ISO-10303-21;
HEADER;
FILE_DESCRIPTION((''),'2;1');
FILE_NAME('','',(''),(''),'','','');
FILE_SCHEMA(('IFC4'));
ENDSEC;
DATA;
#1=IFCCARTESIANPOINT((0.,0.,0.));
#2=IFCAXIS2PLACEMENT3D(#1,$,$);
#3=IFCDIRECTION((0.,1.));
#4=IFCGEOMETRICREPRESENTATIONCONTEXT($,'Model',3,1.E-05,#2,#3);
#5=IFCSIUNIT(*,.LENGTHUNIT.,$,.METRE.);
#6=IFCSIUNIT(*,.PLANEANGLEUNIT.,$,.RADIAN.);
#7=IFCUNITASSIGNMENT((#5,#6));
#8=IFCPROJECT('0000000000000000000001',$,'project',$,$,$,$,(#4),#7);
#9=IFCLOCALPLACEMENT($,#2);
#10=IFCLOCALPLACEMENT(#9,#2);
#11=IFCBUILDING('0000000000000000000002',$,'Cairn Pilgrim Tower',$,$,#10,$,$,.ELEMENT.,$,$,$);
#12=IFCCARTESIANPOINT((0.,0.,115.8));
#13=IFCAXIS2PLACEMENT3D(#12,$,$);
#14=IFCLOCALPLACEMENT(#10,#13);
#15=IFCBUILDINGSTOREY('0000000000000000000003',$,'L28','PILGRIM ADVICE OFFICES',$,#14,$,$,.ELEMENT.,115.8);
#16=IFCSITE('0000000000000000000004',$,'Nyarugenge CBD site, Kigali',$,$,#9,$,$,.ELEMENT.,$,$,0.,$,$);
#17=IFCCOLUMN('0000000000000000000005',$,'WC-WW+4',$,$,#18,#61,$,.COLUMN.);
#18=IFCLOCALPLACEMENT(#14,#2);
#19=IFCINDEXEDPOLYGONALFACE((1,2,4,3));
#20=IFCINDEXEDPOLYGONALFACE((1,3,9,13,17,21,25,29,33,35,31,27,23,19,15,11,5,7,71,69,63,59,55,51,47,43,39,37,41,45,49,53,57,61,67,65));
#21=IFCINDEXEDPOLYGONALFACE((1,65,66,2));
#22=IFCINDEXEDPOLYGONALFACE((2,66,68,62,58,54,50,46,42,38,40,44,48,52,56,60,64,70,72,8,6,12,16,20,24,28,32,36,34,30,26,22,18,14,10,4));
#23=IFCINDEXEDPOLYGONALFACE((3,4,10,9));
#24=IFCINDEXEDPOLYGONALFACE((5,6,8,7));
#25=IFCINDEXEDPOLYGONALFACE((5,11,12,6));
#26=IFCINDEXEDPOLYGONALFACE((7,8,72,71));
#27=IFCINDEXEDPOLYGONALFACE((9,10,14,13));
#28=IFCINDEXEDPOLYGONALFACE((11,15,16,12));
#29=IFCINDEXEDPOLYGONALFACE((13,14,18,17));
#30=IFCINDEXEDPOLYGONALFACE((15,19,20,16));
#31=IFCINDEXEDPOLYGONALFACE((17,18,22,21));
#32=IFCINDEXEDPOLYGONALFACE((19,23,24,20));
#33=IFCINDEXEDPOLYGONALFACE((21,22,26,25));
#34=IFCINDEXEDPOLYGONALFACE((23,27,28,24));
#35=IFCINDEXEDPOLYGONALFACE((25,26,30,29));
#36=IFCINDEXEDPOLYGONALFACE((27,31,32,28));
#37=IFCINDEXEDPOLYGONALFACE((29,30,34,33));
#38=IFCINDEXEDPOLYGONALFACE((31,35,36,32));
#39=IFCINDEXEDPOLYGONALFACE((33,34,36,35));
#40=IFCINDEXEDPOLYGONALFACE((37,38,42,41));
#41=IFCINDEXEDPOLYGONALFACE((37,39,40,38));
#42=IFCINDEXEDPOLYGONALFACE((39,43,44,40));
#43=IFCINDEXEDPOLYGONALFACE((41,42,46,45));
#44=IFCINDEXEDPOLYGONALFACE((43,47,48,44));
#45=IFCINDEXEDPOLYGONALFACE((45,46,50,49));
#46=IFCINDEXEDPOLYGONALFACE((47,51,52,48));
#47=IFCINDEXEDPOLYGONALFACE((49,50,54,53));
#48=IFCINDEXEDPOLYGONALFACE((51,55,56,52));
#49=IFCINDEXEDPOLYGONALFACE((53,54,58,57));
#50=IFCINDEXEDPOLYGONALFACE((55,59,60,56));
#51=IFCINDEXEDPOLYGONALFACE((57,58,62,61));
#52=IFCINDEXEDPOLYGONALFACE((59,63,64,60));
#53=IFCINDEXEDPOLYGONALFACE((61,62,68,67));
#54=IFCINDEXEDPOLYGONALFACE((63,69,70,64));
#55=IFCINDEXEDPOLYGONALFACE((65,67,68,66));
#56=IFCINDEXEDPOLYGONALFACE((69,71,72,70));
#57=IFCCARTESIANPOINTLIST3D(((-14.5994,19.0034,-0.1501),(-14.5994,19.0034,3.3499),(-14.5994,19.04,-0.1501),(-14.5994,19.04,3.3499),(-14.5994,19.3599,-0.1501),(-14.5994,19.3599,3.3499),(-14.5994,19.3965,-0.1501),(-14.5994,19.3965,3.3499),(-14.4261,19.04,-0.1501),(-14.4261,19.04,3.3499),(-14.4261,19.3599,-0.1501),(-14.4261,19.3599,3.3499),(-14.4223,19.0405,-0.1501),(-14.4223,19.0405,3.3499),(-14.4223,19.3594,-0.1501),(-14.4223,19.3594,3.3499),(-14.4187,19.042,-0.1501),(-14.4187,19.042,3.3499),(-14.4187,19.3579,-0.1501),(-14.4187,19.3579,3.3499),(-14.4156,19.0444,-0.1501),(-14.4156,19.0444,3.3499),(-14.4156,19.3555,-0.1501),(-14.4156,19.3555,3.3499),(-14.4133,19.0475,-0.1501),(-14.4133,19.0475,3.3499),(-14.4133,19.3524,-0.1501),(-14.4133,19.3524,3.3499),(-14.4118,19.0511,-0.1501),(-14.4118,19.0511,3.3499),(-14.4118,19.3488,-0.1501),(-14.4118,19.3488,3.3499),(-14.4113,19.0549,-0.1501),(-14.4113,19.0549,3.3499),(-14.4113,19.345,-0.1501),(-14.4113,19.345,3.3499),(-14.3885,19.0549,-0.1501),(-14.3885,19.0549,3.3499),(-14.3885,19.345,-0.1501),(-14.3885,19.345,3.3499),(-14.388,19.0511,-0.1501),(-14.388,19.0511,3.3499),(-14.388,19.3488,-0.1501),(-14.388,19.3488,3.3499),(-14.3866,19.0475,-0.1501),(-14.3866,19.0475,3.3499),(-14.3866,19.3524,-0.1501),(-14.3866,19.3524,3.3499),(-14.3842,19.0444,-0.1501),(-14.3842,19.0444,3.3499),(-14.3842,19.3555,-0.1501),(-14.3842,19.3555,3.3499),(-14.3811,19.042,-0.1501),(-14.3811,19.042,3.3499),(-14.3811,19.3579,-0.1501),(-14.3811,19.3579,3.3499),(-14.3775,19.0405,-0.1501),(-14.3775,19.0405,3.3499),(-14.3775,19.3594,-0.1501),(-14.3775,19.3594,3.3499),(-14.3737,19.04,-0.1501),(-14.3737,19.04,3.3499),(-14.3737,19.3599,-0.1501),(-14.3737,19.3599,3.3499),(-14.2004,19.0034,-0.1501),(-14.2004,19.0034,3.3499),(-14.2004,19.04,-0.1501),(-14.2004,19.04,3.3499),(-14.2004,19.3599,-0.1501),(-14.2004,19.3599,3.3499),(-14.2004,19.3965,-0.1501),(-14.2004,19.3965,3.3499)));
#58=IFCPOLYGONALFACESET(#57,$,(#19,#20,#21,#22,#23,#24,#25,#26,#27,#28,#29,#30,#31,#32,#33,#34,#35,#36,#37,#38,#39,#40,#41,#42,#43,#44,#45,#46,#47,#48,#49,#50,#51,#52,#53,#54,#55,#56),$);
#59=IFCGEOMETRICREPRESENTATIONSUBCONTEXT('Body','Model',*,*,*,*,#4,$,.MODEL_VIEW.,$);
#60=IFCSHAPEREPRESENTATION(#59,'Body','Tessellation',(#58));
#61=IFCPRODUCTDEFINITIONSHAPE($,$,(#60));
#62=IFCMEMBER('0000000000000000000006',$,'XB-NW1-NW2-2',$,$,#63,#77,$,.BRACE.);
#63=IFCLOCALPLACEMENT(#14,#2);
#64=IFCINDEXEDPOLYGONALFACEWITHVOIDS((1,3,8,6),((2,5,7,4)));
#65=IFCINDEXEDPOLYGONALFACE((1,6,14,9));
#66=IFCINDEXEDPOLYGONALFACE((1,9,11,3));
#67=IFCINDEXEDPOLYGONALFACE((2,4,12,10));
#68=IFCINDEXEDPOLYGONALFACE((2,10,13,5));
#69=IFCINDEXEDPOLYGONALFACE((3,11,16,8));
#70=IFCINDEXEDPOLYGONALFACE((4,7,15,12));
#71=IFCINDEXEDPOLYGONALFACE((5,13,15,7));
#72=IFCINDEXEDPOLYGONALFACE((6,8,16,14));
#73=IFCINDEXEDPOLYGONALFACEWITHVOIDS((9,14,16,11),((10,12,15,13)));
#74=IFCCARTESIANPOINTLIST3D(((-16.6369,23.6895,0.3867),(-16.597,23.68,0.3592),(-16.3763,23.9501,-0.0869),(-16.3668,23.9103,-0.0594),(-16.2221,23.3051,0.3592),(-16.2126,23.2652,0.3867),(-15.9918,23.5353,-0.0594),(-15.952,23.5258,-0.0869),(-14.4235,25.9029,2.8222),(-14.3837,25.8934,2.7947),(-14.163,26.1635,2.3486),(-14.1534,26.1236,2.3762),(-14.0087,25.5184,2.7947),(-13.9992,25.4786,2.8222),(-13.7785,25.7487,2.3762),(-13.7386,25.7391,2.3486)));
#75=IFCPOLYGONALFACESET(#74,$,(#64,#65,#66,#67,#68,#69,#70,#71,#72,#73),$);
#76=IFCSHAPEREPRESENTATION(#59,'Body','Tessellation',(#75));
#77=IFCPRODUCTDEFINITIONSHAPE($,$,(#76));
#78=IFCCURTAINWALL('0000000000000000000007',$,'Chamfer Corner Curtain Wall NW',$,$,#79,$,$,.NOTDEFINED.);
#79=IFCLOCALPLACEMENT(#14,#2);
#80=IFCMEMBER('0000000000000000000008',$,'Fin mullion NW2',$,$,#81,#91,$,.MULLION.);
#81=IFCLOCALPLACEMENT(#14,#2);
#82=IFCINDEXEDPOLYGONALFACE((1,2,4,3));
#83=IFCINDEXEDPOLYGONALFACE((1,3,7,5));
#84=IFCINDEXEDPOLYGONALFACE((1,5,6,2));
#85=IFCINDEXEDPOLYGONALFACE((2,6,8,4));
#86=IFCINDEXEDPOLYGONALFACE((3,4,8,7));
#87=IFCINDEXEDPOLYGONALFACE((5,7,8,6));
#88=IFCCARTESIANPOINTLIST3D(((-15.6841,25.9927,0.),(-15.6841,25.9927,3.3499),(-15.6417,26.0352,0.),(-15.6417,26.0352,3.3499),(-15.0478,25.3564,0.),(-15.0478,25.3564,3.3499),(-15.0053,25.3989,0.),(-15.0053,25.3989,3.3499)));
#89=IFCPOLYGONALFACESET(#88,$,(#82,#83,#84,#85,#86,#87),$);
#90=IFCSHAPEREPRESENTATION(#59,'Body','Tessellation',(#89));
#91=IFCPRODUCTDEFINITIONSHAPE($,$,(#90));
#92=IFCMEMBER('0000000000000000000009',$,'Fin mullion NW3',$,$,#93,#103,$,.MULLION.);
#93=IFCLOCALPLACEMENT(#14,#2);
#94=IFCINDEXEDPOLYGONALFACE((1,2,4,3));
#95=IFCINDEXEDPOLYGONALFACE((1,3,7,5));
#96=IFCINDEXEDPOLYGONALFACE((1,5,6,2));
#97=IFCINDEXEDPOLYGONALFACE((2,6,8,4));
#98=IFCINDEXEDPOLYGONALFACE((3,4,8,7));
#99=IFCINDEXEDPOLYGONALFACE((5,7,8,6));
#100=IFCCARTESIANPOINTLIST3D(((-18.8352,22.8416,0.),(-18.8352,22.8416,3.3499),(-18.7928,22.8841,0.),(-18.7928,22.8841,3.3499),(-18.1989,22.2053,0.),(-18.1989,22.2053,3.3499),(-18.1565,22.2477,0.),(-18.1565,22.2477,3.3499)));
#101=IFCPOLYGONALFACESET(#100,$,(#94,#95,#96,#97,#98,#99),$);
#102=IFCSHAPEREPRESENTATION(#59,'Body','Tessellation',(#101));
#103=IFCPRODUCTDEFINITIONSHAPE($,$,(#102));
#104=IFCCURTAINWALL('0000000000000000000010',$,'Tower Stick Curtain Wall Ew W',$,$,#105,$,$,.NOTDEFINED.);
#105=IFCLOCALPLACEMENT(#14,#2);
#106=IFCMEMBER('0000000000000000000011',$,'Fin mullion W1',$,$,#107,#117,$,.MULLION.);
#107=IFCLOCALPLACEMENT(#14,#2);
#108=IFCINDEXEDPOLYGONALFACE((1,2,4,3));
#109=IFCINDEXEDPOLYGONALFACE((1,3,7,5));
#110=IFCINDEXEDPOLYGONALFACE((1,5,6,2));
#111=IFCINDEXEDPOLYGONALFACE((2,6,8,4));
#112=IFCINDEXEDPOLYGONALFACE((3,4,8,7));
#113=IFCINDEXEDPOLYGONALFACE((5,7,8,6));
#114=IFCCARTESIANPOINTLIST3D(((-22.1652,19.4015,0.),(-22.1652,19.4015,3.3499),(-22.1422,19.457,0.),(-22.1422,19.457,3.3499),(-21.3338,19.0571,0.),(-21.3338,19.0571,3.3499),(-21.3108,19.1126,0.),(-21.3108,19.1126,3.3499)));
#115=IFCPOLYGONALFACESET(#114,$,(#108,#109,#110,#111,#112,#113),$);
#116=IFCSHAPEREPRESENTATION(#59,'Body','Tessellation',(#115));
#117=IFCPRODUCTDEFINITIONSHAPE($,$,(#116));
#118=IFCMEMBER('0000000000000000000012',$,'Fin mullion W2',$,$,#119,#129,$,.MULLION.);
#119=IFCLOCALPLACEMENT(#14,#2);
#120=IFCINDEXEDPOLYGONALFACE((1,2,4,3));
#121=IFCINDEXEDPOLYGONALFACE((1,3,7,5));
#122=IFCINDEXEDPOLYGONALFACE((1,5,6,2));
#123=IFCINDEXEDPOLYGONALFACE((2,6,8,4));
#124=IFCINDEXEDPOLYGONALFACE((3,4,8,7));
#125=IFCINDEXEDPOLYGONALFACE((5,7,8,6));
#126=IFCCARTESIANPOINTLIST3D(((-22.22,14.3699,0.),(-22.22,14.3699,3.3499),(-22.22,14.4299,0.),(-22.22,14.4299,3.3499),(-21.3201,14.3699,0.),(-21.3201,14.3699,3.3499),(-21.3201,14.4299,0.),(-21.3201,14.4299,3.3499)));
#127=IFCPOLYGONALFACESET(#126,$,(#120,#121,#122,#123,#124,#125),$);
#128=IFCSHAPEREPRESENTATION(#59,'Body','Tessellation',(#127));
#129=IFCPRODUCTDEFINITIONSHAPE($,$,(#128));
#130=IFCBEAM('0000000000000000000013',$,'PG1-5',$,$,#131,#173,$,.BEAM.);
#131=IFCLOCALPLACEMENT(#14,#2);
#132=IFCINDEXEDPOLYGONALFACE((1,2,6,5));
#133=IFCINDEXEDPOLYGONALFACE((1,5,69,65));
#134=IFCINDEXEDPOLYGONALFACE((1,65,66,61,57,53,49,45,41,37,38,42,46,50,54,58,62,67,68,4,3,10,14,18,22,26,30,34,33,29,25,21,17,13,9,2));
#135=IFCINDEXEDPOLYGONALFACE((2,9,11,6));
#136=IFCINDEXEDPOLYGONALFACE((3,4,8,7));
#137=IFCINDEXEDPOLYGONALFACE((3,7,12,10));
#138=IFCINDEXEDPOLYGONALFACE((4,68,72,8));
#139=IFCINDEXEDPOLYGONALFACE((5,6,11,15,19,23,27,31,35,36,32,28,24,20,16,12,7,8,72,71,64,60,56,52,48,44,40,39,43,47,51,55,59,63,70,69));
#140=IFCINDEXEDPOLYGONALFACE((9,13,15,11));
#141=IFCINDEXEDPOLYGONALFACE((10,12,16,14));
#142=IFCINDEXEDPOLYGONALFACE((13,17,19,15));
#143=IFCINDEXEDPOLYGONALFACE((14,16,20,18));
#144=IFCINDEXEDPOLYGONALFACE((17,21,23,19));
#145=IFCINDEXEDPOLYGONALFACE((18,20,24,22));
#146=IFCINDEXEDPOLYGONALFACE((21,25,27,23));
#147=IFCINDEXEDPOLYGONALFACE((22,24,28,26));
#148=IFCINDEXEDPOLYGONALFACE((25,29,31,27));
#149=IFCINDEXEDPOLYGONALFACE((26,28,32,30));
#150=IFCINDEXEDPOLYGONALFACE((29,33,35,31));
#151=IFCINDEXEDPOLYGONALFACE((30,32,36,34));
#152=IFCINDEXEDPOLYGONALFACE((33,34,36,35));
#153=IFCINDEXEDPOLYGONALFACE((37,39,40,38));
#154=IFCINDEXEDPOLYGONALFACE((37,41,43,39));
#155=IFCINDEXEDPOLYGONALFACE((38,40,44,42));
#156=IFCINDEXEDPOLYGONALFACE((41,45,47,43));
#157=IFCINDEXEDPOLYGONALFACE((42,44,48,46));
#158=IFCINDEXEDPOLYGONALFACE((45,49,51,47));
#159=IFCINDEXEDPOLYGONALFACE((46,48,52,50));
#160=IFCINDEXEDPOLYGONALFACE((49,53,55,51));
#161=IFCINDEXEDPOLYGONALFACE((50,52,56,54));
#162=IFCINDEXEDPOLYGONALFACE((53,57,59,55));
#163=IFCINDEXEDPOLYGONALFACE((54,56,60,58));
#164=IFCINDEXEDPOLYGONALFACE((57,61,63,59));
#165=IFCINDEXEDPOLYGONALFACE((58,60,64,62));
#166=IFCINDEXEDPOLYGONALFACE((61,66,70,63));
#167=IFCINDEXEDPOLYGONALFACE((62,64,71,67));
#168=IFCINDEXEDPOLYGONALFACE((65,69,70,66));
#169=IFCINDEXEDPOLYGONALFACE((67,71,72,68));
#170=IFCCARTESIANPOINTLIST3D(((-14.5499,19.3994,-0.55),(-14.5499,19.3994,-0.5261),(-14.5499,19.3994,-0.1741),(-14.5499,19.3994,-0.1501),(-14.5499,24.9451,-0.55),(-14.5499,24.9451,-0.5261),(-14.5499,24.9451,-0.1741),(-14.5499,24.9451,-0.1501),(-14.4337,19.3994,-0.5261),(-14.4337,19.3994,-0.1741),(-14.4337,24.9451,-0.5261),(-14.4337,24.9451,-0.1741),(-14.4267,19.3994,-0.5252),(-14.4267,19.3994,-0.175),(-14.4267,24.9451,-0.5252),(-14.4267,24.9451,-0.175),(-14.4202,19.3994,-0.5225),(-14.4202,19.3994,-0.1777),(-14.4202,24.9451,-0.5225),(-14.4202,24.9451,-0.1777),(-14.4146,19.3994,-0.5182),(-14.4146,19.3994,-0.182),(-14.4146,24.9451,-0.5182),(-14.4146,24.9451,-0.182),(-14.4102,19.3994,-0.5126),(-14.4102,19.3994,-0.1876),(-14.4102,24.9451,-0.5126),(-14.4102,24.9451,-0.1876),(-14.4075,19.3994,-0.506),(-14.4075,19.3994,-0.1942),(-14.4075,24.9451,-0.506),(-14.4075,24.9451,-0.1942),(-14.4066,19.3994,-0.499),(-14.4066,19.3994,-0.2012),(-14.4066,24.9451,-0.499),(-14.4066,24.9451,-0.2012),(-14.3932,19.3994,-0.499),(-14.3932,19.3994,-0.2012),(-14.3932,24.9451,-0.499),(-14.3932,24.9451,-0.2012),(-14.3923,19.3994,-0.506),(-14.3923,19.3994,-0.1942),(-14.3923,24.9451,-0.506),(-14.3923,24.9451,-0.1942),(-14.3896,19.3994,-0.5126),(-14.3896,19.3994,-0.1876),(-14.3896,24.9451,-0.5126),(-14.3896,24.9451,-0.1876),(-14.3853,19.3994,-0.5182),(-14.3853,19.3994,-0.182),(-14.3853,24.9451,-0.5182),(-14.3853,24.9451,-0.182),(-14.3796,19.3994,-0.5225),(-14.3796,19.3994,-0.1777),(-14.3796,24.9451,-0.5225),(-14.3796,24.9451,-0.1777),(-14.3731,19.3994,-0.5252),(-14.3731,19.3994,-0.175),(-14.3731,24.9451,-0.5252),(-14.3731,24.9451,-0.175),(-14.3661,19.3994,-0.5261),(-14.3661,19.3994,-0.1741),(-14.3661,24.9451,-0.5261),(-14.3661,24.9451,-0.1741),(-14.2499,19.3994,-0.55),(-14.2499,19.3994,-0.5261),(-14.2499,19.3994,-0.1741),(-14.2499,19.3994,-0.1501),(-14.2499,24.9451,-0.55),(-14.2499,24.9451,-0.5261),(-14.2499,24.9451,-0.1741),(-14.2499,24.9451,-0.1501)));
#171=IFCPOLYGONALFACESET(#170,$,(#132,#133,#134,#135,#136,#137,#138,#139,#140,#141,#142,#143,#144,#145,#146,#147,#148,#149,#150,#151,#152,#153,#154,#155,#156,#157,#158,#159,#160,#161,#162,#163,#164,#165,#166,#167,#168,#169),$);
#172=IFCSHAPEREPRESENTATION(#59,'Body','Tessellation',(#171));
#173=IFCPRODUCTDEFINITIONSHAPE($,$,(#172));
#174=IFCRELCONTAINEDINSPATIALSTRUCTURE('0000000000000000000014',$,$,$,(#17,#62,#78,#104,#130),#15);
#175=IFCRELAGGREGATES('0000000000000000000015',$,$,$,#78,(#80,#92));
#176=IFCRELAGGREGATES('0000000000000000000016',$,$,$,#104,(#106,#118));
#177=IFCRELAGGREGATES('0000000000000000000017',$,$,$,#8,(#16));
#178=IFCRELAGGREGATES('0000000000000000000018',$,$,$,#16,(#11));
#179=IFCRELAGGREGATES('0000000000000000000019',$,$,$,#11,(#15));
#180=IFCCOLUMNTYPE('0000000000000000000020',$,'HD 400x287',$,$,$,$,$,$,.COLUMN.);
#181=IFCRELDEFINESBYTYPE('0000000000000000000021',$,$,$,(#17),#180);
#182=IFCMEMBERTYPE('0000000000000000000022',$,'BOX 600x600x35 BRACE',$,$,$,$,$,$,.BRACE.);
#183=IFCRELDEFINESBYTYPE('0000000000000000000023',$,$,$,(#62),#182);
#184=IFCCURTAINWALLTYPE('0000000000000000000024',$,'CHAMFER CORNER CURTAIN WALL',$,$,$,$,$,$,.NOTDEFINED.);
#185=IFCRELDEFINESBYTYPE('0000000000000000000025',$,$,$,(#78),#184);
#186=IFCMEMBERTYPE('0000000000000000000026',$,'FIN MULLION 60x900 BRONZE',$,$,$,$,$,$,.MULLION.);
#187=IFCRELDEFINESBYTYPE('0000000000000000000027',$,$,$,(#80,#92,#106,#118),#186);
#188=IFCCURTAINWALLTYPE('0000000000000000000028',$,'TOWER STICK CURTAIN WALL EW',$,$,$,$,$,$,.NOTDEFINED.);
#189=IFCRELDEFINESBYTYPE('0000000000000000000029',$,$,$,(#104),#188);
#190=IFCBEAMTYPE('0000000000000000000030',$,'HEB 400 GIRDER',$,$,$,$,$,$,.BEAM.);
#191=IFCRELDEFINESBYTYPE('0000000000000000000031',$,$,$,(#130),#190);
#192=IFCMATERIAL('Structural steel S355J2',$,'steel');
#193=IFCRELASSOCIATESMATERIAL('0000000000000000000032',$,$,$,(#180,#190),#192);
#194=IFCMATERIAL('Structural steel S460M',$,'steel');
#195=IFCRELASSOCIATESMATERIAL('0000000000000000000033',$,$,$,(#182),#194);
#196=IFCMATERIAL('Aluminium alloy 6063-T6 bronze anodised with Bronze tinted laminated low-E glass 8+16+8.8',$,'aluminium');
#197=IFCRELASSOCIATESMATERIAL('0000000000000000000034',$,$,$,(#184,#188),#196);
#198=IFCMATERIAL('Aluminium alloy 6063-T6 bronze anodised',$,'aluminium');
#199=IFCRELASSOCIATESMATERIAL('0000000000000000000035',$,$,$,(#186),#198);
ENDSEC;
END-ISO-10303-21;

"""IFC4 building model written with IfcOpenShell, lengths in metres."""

from ifc_helpers import new_model, si_unit, direction, frame, origin, origin_2d, place, context, subcontext, project, spatial, rectangle, hollow_rectangle, i_section, extrude, material, material_profile, profile_set, type_object, element, aggregate, save


model = new_model("IFC4")

# Units and contexts
model_context = context("Model", 3, precision=1e-05, world=origin(), true_north=direction((0.0, 1.0)))
body_context = subcontext(model_context, "Body", "Model", "MODEL_VIEW")
ifc_project = project(units=[si_unit("LENGTHUNIT", "METRE"), si_unit("PLANEANGLEUNIT", "RADIAN")], contexts=[model_context])

# Site, building, storey
site_placement = place(None, origin())
site = spatial("IfcSite", under=ifc_project, at=site_placement, Name="Nyarugenge CBD site, Kigali", CompositionType="ELEMENT", RefElevation=0.0)
building_placement = place(site_placement, origin())
building = spatial("IfcBuilding", under=site, at=building_placement, Name="Cairn Pilgrim Tower", CompositionType="ELEMENT")
storey_placement = place(building_placement, frame((0.0, 0.0, 115.8)))
storey = spatial("IfcBuildingStorey", under=building, at=storey_placement, Name="L28", Description="PILGRIM ADVICE OFFICES", CompositionType="ELEMENT", Elevation=115.8)

# Column
ifc_material_1 = material(Name="Structural steel S460M", Category="steel")
ifc_material_2 = material(Name="Structural steel S355J2", Category="steel")
ifc_material_profile_1 = material_profile(ifc_material_2, i_section(OverallWidth=0.3989, OverallDepth=0.3931, WebThickness=0.0227, FlangeThickness=0.0366, FilletRadius=0.0149, at=origin_2d()), Name="HD 400x287")
ifc_profile_set_1 = profile_set([ifc_material_profile_1], Name="Structural steel S355J2")
column_type_1 = type_object("IfcColumnType", Name="HD 400x287", PredefinedType="COLUMN", material=ifc_profile_set_1)
column_placement = place(storey_placement, frame((-14.3999, 19.2, -0.1501), z_axis=(0.0, 0.0, 1.0), x_axis=(1.0, 0.0, 0.0)))
element("IfcColumn", 1, at=column_placement, inside=storey, type_object=column_type_1, Name="WC-WW+4", PredefinedType="COLUMN", context=body_context, shape_type="SweptSolid", body=[
    extrude(i_section(OverallWidth=0.3989, OverallDepth=0.3931, WebThickness=0.0227, FlangeThickness=0.0366, FilletRadius=0.0149, at=origin_2d()), origin(), (0.0, 0.0, 1.0), 3.5),
])

# Member
ifc_material_profile_2 = material_profile(ifc_material_1, hollow_rectangle(XDim=0.6001, YDim=0.6001, WallThickness=0.0349, at=origin_2d()), Name="BOX 600x600x35")
ifc_profile_set_2 = profile_set([ifc_material_profile_2], Name="Structural steel S460M")
member_type_1 = type_object("IfcMemberType", Name="BOX 600x600x35 BRACE", PredefinedType="BRACE", material=ifc_profile_set_2)
member_1_placement = place(storey_placement, frame((-16.2944, 23.6077, 0.1499), z_axis=(0.558074, 0.558074, 0.614091), x_axis=(-0.707107, 0.707107, 0.0)))
element("IfcMember", 2, at=member_1_placement, inside=storey, type_object=member_type_1, Name="XB-NW1-NW2-2", PredefinedType="BRACE", context=body_context, shape_type="SweptSolid", body=[
    extrude(hollow_rectangle(XDim=0.6001, YDim=0.6001, WallThickness=0.0349, at=origin_2d()), origin(), (0.0, 0.0, 1.0), 3.9661),
])

# Curtain walls, members
ifc_material_3 = material(Name="Aluminium alloy 6063-T6 bronze anodised with Bronze tinted laminated low-E glass 8+16+8.8", Category="aluminium")
curtain_wall_type_1 = type_object("IfcCurtainWallType", Name="CHAMFER CORNER CURTAIN WALL", PredefinedType="NOTDEFINED", material=ifc_material_3)
curtain_wall_1_placement = place(storey_placement, origin())
curtain_wall_1 = element("IfcCurtainWall", 3, at=curtain_wall_1_placement, inside=storey, type_object=curtain_wall_type_1, Name="Chamfer Corner Curtain Wall NW", PredefinedType="NOTDEFINED")
ifc_material_4 = material(Name="Aluminium alloy 6063-T6 bronze anodised", Category="aluminium")
ifc_material_profile_3 = material_profile(ifc_material_4, rectangle(XDim=0.8999, YDim=0.0601, at=origin_2d()), Name="FIN MULLION 60x900 BRONZE")
ifc_profile_set_3 = profile_set([ifc_material_profile_3], Name="Aluminium alloy 6063-T6 bronze anodised")
member_type_2 = type_object("IfcMemberType", Name="FIN MULLION 60x900 BRONZE", PredefinedType="MULLION", material=ifc_profile_set_3)
member_2_placement = place(storey_placement, frame((-15.3447, 25.6958, 0.0), z_axis=(0.0, 0.0, 1.0), x_axis=(-0.707107, 0.707107, 0.0)))
member_2 = element("IfcMember", 4, at=member_2_placement, type_object=member_type_2, Name="Fin mullion NW2", PredefinedType="MULLION", context=body_context, shape_type="SweptSolid", body=[
    extrude(rectangle(XDim=0.8999, YDim=0.0601, at=origin_2d()), origin(), (0.0, 0.0, 1.0), 3.3499),
])
member_3_placement = place(storey_placement, frame((-18.4958, 22.5447, 0.0), z_axis=(0.0, 0.0, 1.0), x_axis=(-0.707107, 0.707107, 0.0)))
member_3 = element("IfcMember", 5, at=member_3_placement, type_object=member_type_2, Name="Fin mullion NW3", PredefinedType="MULLION", context=body_context, shape_type="SweptSolid", body=[
    extrude(rectangle(XDim=0.8999, YDim=0.0601, at=origin_2d()), origin(), (0.0, 0.0, 1.0), 3.3499),
])
curtain_wall_type_2 = type_object("IfcCurtainWallType", Name="TOWER STICK CURTAIN WALL EW", PredefinedType="NOTDEFINED", material=ifc_material_3)
curtain_wall_2_placement = place(storey_placement, origin())
curtain_wall_2 = element("IfcCurtainWall", 6, at=curtain_wall_2_placement, inside=storey, type_object=curtain_wall_type_2, Name="Tower Stick Curtain Wall Ew W", PredefinedType="NOTDEFINED")
member_4_placement = place(storey_placement, frame((-21.738, 19.2571, 0.0), z_axis=(0.0, 0.0, 1.0), x_axis=(-0.92388, 0.382683, 0.0)))
member_4 = element("IfcMember", 7, at=member_4_placement, type_object=member_type_2, Name="Fin mullion W1", PredefinedType="MULLION", context=body_context, shape_type="SweptSolid", body=[
    extrude(rectangle(XDim=0.8999, YDim=0.0601, at=origin_2d()), origin(), (0.0, 0.0, 1.0), 3.3499),
])
member_5_placement = place(storey_placement, frame((-21.77, 14.3999, 0.0), z_axis=(0.0, 0.0, 1.0), x_axis=(-1.0, 0.0, 0.0)))
member_5 = element("IfcMember", 8, at=member_5_placement, type_object=member_type_2, Name="Fin mullion W2", PredefinedType="MULLION", context=body_context, shape_type="SweptSolid", body=[
    extrude(rectangle(XDim=0.8999, YDim=0.0601, at=origin_2d()), origin(), (0.0, 0.0, 1.0), 3.3499),
])

# Beam
ifc_material_profile_4 = material_profile(ifc_material_2, i_section(OverallWidth=0.3, OverallDepth=0.3999, WebThickness=0.0134, FlangeThickness=0.0239, FilletRadius=0.0271, at=origin_2d()), Name="HEB 400")
ifc_profile_set_4 = profile_set([ifc_material_profile_4], Name="Structural steel S355J2")
beam_type_1 = type_object("IfcBeamType", Name="HEB 400 GIRDER", PredefinedType="BEAM", material=ifc_profile_set_4)
beam_1_placement = place(storey_placement, frame((-14.3999, 19.3994, -0.3501), z_axis=(0.0, 1.0, 0.0), x_axis=(-1.0, 0.0, 0.0)))
element("IfcBeam", 9, at=beam_1_placement, inside=storey, type_object=beam_type_1, Name="PG1-5", PredefinedType="BEAM", context=body_context, shape_type="SweptSolid", body=[
    extrude(i_section(OverallWidth=0.3, OverallDepth=0.3999, WebThickness=0.0134, FlangeThickness=0.0239, FilletRadius=0.0271, at=origin_2d()), origin(), (0.0, 0.0, 1.0), 5.5457),
])

aggregate(curtain_wall_1, [member_2, member_3])
aggregate(curtain_wall_2, [member_4, member_5])

save(model, "model.ifc")
